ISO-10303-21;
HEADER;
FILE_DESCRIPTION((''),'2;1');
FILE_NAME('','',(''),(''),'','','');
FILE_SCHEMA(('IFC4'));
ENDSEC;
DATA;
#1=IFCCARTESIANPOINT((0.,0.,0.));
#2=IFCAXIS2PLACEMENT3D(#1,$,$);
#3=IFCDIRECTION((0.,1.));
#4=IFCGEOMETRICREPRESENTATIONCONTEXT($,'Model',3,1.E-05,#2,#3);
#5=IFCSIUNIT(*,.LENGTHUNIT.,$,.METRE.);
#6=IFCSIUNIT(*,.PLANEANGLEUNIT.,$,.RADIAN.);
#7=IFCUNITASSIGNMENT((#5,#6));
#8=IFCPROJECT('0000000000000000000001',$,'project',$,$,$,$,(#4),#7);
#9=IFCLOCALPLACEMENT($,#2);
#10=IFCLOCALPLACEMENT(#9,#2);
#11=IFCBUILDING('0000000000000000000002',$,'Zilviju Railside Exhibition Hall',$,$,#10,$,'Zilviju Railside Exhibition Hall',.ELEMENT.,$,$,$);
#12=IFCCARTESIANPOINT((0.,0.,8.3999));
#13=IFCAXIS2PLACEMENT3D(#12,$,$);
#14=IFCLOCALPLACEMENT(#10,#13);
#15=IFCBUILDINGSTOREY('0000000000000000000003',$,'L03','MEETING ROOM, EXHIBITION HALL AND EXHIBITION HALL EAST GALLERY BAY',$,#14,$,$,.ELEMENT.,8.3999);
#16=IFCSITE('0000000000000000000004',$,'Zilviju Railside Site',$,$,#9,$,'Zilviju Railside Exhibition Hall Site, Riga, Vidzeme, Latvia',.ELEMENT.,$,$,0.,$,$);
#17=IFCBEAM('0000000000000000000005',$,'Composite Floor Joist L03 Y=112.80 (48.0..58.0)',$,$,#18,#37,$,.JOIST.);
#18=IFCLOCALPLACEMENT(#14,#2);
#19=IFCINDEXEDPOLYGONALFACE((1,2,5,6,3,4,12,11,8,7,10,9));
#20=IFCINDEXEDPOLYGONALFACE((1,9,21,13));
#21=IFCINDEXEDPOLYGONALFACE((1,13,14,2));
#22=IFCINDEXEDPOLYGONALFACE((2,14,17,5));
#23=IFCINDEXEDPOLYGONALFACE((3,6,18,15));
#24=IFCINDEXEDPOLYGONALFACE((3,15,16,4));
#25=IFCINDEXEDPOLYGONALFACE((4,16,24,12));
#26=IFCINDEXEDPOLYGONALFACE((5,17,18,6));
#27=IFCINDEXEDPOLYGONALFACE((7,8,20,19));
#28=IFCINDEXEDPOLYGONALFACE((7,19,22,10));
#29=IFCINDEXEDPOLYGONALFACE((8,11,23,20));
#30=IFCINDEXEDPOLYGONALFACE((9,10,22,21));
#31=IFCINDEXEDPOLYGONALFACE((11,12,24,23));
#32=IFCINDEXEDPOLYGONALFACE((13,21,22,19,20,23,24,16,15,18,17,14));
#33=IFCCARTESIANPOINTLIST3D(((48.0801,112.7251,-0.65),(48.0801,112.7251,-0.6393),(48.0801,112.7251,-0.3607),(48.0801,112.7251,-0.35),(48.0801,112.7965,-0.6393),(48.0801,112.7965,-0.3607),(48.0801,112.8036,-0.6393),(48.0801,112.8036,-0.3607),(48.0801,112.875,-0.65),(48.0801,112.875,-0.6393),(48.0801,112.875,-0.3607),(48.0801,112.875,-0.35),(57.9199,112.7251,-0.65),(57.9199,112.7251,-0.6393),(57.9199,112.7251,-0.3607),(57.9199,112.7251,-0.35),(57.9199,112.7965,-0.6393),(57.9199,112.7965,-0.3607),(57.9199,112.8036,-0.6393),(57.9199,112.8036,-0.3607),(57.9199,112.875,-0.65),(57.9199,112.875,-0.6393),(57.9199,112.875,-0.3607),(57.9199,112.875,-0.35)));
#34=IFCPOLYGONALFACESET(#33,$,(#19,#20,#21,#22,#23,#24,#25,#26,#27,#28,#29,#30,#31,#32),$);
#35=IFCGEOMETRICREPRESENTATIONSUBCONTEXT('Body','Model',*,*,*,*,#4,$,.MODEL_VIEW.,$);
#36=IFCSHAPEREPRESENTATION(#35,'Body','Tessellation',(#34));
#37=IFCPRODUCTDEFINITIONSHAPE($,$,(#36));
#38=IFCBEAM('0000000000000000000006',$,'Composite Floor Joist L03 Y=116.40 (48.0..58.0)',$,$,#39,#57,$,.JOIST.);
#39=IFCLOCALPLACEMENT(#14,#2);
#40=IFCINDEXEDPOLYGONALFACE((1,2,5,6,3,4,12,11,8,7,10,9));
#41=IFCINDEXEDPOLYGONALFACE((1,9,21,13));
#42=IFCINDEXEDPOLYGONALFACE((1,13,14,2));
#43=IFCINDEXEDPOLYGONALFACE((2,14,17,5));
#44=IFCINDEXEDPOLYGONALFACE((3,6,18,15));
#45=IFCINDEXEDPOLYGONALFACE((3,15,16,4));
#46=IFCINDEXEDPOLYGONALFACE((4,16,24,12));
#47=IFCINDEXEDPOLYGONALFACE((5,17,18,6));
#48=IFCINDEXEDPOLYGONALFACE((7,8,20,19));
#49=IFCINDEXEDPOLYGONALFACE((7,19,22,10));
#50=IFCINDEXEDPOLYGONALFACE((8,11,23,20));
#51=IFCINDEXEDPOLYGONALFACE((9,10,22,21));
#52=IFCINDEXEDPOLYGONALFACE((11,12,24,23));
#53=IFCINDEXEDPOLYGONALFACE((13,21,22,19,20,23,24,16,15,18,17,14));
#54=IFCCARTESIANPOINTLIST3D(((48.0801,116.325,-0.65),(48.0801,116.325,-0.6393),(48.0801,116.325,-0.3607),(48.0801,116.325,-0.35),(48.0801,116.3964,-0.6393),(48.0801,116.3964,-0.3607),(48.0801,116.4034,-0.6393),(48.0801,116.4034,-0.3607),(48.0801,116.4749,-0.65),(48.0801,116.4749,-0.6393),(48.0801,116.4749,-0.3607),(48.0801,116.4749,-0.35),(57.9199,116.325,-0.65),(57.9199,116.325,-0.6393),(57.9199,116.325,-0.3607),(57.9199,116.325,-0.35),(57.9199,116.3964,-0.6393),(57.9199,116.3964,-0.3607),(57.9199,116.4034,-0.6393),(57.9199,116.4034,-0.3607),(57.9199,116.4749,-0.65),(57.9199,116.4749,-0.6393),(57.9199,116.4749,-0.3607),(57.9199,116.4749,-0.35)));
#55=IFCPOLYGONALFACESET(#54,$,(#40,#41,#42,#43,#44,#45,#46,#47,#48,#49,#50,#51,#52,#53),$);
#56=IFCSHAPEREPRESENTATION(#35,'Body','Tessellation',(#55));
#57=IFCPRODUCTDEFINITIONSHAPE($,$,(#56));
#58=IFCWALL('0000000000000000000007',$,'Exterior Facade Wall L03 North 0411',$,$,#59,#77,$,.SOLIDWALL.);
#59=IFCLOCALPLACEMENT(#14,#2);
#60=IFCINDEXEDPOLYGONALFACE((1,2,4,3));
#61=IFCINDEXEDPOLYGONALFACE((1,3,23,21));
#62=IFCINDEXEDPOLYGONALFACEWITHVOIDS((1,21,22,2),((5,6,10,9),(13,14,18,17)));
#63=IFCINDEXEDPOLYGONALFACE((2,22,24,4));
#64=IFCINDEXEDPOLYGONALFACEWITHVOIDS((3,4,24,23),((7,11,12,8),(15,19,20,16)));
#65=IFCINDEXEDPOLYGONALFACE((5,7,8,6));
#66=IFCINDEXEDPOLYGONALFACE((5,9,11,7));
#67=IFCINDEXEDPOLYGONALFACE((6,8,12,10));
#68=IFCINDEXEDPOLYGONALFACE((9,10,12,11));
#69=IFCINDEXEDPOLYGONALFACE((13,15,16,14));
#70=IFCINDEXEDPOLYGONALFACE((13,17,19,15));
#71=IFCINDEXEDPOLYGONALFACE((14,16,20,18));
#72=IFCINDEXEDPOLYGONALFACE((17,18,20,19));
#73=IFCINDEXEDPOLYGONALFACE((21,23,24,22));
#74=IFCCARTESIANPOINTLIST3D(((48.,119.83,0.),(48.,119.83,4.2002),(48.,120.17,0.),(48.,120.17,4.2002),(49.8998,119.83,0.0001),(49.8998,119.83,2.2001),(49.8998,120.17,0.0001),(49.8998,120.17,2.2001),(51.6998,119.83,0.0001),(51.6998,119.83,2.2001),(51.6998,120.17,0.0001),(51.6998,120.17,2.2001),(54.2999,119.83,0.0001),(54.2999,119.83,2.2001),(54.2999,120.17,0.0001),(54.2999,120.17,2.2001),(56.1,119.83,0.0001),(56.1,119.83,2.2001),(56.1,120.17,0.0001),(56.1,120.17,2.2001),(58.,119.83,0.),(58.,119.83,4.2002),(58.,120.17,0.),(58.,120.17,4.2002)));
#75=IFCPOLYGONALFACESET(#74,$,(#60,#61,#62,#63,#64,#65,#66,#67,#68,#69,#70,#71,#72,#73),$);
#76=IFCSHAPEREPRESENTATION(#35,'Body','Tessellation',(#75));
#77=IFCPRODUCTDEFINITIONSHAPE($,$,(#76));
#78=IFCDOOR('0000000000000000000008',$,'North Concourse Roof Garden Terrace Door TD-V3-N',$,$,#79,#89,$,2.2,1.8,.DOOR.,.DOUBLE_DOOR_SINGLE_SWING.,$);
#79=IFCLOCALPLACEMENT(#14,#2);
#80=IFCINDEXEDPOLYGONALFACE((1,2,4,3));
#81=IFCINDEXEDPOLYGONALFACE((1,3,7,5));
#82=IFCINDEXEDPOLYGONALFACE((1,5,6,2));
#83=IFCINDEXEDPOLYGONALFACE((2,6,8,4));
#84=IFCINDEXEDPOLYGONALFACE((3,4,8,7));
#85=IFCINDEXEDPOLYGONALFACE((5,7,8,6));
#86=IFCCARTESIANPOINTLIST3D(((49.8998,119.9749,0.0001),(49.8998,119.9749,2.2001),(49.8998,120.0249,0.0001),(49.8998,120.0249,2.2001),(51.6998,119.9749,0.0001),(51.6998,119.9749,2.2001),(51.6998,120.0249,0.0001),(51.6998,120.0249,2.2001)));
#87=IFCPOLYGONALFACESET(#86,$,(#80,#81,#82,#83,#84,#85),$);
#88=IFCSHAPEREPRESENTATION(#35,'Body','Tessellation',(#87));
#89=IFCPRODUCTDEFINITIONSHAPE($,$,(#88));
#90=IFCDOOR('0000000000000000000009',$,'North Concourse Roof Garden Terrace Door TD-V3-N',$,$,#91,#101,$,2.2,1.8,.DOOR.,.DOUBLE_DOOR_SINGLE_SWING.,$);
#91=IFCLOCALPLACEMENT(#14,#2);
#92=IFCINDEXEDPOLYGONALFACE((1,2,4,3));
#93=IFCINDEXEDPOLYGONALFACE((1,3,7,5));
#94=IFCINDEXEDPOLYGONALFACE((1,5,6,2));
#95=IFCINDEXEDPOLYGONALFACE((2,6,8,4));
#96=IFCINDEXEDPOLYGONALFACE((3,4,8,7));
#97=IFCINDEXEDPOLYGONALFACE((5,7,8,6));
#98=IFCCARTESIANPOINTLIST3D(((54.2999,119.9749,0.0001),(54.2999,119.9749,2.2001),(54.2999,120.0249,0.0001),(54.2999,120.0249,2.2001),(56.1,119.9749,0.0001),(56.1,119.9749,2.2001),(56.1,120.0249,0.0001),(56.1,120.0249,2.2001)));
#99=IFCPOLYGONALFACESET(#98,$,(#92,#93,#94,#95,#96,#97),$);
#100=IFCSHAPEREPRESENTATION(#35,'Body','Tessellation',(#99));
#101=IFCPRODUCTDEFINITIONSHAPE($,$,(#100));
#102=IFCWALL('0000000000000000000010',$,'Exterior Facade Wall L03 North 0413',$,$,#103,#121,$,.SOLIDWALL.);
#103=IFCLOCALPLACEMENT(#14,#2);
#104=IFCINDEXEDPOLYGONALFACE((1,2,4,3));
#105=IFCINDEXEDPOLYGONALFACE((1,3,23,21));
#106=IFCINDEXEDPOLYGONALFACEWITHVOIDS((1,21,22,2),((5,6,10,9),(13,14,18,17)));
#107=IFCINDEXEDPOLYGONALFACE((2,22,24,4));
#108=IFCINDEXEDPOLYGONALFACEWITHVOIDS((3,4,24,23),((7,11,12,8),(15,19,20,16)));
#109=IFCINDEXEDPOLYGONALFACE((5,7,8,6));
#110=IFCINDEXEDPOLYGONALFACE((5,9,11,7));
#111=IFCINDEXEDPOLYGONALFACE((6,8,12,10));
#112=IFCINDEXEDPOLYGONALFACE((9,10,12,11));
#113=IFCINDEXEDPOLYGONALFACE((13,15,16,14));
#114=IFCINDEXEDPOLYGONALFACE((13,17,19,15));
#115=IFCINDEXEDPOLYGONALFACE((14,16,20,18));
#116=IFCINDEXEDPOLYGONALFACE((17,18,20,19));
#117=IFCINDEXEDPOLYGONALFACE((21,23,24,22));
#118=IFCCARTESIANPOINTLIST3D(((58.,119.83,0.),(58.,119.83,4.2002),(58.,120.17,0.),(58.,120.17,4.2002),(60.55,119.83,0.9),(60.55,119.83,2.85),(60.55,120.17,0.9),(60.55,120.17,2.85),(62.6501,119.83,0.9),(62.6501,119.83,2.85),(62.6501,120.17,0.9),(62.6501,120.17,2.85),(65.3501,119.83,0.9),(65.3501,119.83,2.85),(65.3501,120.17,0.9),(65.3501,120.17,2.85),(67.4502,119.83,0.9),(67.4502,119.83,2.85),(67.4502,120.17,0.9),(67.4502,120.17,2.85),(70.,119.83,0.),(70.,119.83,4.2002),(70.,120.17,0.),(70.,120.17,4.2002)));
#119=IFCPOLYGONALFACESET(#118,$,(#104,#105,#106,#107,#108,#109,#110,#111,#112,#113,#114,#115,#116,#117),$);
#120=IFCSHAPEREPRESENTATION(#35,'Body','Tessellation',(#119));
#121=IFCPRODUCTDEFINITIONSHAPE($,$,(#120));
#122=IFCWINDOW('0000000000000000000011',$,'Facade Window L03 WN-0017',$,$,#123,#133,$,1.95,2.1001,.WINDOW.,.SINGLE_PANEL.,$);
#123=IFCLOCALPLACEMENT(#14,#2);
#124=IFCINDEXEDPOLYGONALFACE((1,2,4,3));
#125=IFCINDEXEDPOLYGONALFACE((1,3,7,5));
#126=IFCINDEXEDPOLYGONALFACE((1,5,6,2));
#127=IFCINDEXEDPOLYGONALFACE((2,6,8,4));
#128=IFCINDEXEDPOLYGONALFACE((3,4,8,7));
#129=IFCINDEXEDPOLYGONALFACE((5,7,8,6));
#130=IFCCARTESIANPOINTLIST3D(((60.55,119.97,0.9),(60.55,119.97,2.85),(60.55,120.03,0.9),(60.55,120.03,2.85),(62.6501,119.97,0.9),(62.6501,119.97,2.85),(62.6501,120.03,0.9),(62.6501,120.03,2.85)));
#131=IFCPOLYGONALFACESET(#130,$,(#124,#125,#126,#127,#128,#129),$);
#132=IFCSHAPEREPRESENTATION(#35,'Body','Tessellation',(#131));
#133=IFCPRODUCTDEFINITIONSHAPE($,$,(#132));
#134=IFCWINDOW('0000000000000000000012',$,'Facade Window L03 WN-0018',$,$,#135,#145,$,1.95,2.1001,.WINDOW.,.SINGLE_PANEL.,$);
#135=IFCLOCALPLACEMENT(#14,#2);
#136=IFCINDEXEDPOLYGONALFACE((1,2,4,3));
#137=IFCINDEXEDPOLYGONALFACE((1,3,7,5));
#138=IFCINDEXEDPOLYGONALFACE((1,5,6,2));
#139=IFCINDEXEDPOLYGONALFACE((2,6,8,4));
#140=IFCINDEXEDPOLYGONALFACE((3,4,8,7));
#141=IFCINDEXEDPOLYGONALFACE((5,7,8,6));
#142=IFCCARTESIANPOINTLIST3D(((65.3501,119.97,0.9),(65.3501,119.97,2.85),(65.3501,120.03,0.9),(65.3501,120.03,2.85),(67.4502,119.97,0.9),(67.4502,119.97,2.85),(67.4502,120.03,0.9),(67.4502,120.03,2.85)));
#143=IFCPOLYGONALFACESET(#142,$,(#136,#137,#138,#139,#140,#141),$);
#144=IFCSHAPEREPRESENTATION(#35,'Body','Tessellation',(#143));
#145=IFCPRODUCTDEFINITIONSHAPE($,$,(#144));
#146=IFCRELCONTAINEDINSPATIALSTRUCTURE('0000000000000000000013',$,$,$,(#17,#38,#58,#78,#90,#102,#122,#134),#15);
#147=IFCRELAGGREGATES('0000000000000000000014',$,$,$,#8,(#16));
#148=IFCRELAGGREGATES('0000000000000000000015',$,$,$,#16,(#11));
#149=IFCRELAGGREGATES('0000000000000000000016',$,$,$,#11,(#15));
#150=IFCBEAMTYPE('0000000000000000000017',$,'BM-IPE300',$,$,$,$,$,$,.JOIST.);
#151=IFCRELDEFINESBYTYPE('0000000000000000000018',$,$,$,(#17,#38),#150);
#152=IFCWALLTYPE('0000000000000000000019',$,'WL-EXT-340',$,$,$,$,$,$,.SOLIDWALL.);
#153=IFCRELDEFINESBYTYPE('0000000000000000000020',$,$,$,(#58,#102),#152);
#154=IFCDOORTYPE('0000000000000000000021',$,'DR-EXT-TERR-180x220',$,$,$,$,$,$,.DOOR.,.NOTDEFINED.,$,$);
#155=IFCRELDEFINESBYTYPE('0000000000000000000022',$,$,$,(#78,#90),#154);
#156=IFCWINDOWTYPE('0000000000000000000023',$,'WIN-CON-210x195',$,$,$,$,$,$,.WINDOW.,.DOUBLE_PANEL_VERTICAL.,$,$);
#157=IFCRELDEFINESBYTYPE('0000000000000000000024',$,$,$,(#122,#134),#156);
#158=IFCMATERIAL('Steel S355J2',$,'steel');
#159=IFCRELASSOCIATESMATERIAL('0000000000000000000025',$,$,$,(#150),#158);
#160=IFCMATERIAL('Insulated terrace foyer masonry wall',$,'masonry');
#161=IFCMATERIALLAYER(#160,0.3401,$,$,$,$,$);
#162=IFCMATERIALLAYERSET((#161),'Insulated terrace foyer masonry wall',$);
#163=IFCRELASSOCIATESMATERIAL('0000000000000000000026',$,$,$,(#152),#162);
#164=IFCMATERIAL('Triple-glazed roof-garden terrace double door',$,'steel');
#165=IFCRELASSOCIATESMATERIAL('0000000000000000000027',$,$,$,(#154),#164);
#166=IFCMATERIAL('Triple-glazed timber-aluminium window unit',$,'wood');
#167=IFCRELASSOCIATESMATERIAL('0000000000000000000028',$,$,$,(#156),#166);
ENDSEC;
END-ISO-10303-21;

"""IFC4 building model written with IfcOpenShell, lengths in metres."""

from ifc_helpers import new_model, si_unit, direction, frame, frame_2d, origin, origin_2d, place, context, subcontext, project, spatial, rectangle, i_section, extrude, material, layer, layer_set, material_profile, profile_set, type_object, element, fill, save


model = new_model("IFC4")

# Units and contexts
model_context = context("Model", 3, precision=1e-05, world=origin(), true_north=direction((0.0, 1.0)))
body_context = subcontext(model_context, "Body", "Model", "MODEL_VIEW")
ifc_project = project(units=[si_unit("LENGTHUNIT", "METRE"), si_unit("PLANEANGLEUNIT", "RADIAN")], contexts=[model_context])

# Site, building, storey
site_placement = place(None, origin())
site = spatial("IfcSite", under=ifc_project, at=site_placement, Name="Zilviju Railside Site", LongName="Zilviju Railside Exhibition Hall Site, Riga, Vidzeme, Latvia", CompositionType="ELEMENT", RefElevation=0.0)
building_placement = place(site_placement, origin())
building = spatial("IfcBuilding", under=site, at=building_placement, Name="Zilviju Railside Exhibition Hall", LongName="Zilviju Railside Exhibition Hall", CompositionType="ELEMENT")
storey_placement = place(building_placement, frame((0.0, 0.0, 8.3999)))
storey = spatial("IfcBuildingStorey", under=building, at=storey_placement, Name="L03", Description="MEETING ROOM, EXHIBITION HALL AND EXHIBITION HALL EAST GALLERY BAY", CompositionType="ELEMENT", Elevation=8.3999)

# Shared definitions
ifc_material_1 = material(Name="Steel S355J2", Category="steel")

# Beams
ifc_material_profile_1 = material_profile(ifc_material_1, i_section(OverallWidth=0.1499, OverallDepth=0.3, WebThickness=0.0071, FlangeThickness=0.0107, at=origin_2d()), Name="IPE 300")
ifc_profile_set_1 = profile_set([ifc_material_profile_1], Name="Steel S355J2")
beam_type_1 = type_object("IfcBeamType", Name="BM-IPE300", PredefinedType="JOIST", material=ifc_profile_set_1)
for number, where, z_axis, x_axis, name in (
    (1, (48.0801, 112.8, -0.5), (1.0, 0.0, 0.0), (0.0, 1.0, 0.0), "Composite Floor Joist L03 Y=112.80 (48.0..58.0)"),
    (2, (48.0801, 116.3999, -0.5), (1.0, 0.0, 0.0), (0.0, 1.0, 0.0), "Composite Floor Joist L03 Y=116.40 (48.0..58.0)"),
):
    element("IfcBeam", number, at=place(storey_placement, frame(where, z_axis=z_axis, x_axis=x_axis)), inside=storey, type_object=beam_type_1, Name=name, PredefinedType="JOIST", context=body_context, shape_type="SweptSolid", body=[
        extrude(i_section(OverallWidth=0.1499, OverallDepth=0.3, WebThickness=0.0071, FlangeThickness=0.0107, at=origin_2d()), origin(), (0.0, 0.0, 1.0), 9.8398),
    ])

# Wall, openings, doors
ifc_material_2 = material(Name="Insulated terrace foyer masonry wall", Category="masonry")
ifc_layer = layer(ifc_material_2, 0.3401)
ifc_layer_set = layer_set([ifc_layer], Name="Insulated terrace foyer masonry wall")
wall_type = type_object("IfcWallType", Name="WL-EXT-340", PredefinedType="SOLIDWALL", material=ifc_layer_set)
wall_1_placement = place(storey_placement, frame((48.0, 120.0, 0.0), z_axis=(0.0, 0.0, 1.0), x_axis=(1.0, 0.0, 0.0)))
wall_1 = element("IfcWall", 3, at=wall_1_placement, inside=storey, type_object=wall_type, Name="Exterior Facade Wall L03 North 0411", PredefinedType="SOLIDWALL", context=body_context, shape_type="SweptSolid", body=[
    extrude(rectangle(XDim=10.0, YDim=0.3401, at=frame_2d((5.0, 0.0))), origin(), (0.0, 0.0, 1.0), 4.2002),
])
opening_1_placement = place(wall_1_placement, frame((1.8999, 0.0, 0.0)))
opening_1 = element("IfcOpeningElement", 4, at=opening_1_placement, cuts=wall_1, PredefinedType="OPENING", context=body_context, shape_type="SweptSolid", body=[
    extrude(rectangle(XDim=1.8, YDim=2.2, at=frame_2d((0.8999, 1.1001))), frame((0.0, 0.1799, 0.0), z_axis=(0.0, -1.0, 0.0), x_axis=(1.0, 0.0, 0.0)), (0.0, 0.0, 1.0), 0.3601),
])
opening_2_placement = place(wall_1_placement, frame((6.3, 0.0, 0.0)))
opening_2 = element("IfcOpeningElement", 5, at=opening_2_placement, cuts=wall_1, PredefinedType="OPENING", context=body_context, shape_type="SweptSolid", body=[
    extrude(rectangle(XDim=1.8, YDim=2.2, at=frame_2d((0.8999, 1.1001))), frame((0.0, 0.1799, 0.0), z_axis=(0.0, -1.0, 0.0), x_axis=(1.0, 0.0, 0.0)), (0.0, 0.0, 1.0), 0.3601),
])
ifc_material_3 = material(Name="Triple-glazed roof-garden terrace double door", Category="steel")
door_type = type_object("IfcDoorType", Name="DR-EXT-TERR-180x220", OperationType="NOTDEFINED", PredefinedType="DOOR", material=ifc_material_3)
door_1_placement = place(opening_1_placement, origin())
door_1 = element("IfcDoor", 6, at=door_1_placement, inside=storey, type_object=door_type, Name="North Concourse Roof Garden Terrace Door TD-V3-N", OperationType="DOUBLE_DOOR_SINGLE_SWING", OverallHeight=2.2, OverallWidth=1.8, PredefinedType="DOOR", context=body_context, shape_type="SweptSolid", body=[
    extrude(rectangle(XDim=1.8, YDim=2.2, at=frame_2d((0.8999, 1.1001))), frame((0.0, 0.0249, 0.0), z_axis=(0.0, -1.0, 0.0), x_axis=(1.0, 0.0, 0.0)), (0.0, 0.0, 1.0), 0.05),
])
fill(opening_1, door_1)
door_2_placement = place(opening_2_placement, origin())
door_2 = element("IfcDoor", 7, at=door_2_placement, inside=storey, type_object=door_type, Name="North Concourse Roof Garden Terrace Door TD-V3-N", OperationType="DOUBLE_DOOR_SINGLE_SWING", OverallHeight=2.2, OverallWidth=1.8, PredefinedType="DOOR", context=body_context, shape_type="SweptSolid", body=[
    extrude(rectangle(XDim=1.8, YDim=2.2, at=frame_2d((0.8999, 1.1001))), frame((0.0, 0.0249, 0.0), z_axis=(0.0, -1.0, 0.0), x_axis=(1.0, 0.0, 0.0)), (0.0, 0.0, 1.0), 0.05),
])
fill(opening_2, door_2)

# Wall, openings, windows
wall_2_placement = place(storey_placement, frame((58.0, 120.0, 0.0), z_axis=(0.0, 0.0, 1.0), x_axis=(1.0, 0.0, 0.0)))
wall_2 = element("IfcWall", 8, at=wall_2_placement, inside=storey, type_object=wall_type, Name="Exterior Facade Wall L03 North 0413", PredefinedType="SOLIDWALL", context=body_context, shape_type="SweptSolid", body=[
    extrude(rectangle(XDim=12.0, YDim=0.3401, at=frame_2d((6.0, 0.0))), origin(), (0.0, 0.0, 1.0), 4.2002),
])
opening_3_placement = place(wall_2_placement, frame((2.55, 0.0, 0.8999)))
opening_3 = element("IfcOpeningElement", 9, at=opening_3_placement, cuts=wall_2, PredefinedType="OPENING", context=body_context, shape_type="SweptSolid", body=[
    extrude(rectangle(XDim=2.1001, YDim=1.95, at=frame_2d((1.05, 0.9751))), frame((0.0, 0.1799, 0.0), z_axis=(0.0, -1.0, 0.0), x_axis=(1.0, 0.0, 0.0)), (0.0, 0.0, 1.0), 0.3601),
])
opening_4_placement = place(wall_2_placement, frame((7.3501, 0.0, 0.8999)))
opening_4 = element("IfcOpeningElement", 10, at=opening_4_placement, cuts=wall_2, PredefinedType="OPENING", context=body_context, shape_type="SweptSolid", body=[
    extrude(rectangle(XDim=2.1001, YDim=1.95, at=frame_2d((1.05, 0.9751))), frame((0.0, 0.1799, 0.0), z_axis=(0.0, -1.0, 0.0), x_axis=(1.0, 0.0, 0.0)), (0.0, 0.0, 1.0), 0.3601),
])
ifc_material_4 = material(Name="Triple-glazed timber-aluminium window unit", Category="wood")
window_type = type_object("IfcWindowType", Name="WIN-CON-210x195", PartitioningType="DOUBLE_PANEL_VERTICAL", PredefinedType="WINDOW", material=ifc_material_4)
window_1_placement = place(opening_3_placement, origin())
window_1 = element("IfcWindow", 11, at=window_1_placement, inside=storey, type_object=window_type, Name="Facade Window L03 WN-0017", OverallHeight=1.95, OverallWidth=2.1001, PartitioningType="SINGLE_PANEL", PredefinedType="WINDOW", context=body_context, shape_type="SweptSolid", body=[
    extrude(rectangle(XDim=2.1001, YDim=1.95, at=frame_2d((1.05, 0.9751))), frame((0.0, 0.03, 0.0), z_axis=(0.0, -1.0, 0.0), x_axis=(1.0, 0.0, 0.0)), (0.0, 0.0, 1.0), 0.0601),
])
fill(opening_3, window_1)
window_2_placement = place(opening_4_placement, origin())
window_2 = element("IfcWindow", 12, at=window_2_placement, inside=storey, type_object=window_type, Name="Facade Window L03 WN-0018", OverallHeight=1.95, OverallWidth=2.1001, PartitioningType="SINGLE_PANEL", PredefinedType="WINDOW", context=body_context, shape_type="SweptSolid", body=[
    extrude(rectangle(XDim=2.1001, YDim=1.95, at=frame_2d((1.05, 0.9751))), frame((0.0, 0.03, 0.0), z_axis=(0.0, -1.0, 0.0), x_axis=(1.0, 0.0, 0.0)), (0.0, 0.0, 1.0), 0.0601),
])
fill(opening_4, window_2)

save(model, "model.ifc")
